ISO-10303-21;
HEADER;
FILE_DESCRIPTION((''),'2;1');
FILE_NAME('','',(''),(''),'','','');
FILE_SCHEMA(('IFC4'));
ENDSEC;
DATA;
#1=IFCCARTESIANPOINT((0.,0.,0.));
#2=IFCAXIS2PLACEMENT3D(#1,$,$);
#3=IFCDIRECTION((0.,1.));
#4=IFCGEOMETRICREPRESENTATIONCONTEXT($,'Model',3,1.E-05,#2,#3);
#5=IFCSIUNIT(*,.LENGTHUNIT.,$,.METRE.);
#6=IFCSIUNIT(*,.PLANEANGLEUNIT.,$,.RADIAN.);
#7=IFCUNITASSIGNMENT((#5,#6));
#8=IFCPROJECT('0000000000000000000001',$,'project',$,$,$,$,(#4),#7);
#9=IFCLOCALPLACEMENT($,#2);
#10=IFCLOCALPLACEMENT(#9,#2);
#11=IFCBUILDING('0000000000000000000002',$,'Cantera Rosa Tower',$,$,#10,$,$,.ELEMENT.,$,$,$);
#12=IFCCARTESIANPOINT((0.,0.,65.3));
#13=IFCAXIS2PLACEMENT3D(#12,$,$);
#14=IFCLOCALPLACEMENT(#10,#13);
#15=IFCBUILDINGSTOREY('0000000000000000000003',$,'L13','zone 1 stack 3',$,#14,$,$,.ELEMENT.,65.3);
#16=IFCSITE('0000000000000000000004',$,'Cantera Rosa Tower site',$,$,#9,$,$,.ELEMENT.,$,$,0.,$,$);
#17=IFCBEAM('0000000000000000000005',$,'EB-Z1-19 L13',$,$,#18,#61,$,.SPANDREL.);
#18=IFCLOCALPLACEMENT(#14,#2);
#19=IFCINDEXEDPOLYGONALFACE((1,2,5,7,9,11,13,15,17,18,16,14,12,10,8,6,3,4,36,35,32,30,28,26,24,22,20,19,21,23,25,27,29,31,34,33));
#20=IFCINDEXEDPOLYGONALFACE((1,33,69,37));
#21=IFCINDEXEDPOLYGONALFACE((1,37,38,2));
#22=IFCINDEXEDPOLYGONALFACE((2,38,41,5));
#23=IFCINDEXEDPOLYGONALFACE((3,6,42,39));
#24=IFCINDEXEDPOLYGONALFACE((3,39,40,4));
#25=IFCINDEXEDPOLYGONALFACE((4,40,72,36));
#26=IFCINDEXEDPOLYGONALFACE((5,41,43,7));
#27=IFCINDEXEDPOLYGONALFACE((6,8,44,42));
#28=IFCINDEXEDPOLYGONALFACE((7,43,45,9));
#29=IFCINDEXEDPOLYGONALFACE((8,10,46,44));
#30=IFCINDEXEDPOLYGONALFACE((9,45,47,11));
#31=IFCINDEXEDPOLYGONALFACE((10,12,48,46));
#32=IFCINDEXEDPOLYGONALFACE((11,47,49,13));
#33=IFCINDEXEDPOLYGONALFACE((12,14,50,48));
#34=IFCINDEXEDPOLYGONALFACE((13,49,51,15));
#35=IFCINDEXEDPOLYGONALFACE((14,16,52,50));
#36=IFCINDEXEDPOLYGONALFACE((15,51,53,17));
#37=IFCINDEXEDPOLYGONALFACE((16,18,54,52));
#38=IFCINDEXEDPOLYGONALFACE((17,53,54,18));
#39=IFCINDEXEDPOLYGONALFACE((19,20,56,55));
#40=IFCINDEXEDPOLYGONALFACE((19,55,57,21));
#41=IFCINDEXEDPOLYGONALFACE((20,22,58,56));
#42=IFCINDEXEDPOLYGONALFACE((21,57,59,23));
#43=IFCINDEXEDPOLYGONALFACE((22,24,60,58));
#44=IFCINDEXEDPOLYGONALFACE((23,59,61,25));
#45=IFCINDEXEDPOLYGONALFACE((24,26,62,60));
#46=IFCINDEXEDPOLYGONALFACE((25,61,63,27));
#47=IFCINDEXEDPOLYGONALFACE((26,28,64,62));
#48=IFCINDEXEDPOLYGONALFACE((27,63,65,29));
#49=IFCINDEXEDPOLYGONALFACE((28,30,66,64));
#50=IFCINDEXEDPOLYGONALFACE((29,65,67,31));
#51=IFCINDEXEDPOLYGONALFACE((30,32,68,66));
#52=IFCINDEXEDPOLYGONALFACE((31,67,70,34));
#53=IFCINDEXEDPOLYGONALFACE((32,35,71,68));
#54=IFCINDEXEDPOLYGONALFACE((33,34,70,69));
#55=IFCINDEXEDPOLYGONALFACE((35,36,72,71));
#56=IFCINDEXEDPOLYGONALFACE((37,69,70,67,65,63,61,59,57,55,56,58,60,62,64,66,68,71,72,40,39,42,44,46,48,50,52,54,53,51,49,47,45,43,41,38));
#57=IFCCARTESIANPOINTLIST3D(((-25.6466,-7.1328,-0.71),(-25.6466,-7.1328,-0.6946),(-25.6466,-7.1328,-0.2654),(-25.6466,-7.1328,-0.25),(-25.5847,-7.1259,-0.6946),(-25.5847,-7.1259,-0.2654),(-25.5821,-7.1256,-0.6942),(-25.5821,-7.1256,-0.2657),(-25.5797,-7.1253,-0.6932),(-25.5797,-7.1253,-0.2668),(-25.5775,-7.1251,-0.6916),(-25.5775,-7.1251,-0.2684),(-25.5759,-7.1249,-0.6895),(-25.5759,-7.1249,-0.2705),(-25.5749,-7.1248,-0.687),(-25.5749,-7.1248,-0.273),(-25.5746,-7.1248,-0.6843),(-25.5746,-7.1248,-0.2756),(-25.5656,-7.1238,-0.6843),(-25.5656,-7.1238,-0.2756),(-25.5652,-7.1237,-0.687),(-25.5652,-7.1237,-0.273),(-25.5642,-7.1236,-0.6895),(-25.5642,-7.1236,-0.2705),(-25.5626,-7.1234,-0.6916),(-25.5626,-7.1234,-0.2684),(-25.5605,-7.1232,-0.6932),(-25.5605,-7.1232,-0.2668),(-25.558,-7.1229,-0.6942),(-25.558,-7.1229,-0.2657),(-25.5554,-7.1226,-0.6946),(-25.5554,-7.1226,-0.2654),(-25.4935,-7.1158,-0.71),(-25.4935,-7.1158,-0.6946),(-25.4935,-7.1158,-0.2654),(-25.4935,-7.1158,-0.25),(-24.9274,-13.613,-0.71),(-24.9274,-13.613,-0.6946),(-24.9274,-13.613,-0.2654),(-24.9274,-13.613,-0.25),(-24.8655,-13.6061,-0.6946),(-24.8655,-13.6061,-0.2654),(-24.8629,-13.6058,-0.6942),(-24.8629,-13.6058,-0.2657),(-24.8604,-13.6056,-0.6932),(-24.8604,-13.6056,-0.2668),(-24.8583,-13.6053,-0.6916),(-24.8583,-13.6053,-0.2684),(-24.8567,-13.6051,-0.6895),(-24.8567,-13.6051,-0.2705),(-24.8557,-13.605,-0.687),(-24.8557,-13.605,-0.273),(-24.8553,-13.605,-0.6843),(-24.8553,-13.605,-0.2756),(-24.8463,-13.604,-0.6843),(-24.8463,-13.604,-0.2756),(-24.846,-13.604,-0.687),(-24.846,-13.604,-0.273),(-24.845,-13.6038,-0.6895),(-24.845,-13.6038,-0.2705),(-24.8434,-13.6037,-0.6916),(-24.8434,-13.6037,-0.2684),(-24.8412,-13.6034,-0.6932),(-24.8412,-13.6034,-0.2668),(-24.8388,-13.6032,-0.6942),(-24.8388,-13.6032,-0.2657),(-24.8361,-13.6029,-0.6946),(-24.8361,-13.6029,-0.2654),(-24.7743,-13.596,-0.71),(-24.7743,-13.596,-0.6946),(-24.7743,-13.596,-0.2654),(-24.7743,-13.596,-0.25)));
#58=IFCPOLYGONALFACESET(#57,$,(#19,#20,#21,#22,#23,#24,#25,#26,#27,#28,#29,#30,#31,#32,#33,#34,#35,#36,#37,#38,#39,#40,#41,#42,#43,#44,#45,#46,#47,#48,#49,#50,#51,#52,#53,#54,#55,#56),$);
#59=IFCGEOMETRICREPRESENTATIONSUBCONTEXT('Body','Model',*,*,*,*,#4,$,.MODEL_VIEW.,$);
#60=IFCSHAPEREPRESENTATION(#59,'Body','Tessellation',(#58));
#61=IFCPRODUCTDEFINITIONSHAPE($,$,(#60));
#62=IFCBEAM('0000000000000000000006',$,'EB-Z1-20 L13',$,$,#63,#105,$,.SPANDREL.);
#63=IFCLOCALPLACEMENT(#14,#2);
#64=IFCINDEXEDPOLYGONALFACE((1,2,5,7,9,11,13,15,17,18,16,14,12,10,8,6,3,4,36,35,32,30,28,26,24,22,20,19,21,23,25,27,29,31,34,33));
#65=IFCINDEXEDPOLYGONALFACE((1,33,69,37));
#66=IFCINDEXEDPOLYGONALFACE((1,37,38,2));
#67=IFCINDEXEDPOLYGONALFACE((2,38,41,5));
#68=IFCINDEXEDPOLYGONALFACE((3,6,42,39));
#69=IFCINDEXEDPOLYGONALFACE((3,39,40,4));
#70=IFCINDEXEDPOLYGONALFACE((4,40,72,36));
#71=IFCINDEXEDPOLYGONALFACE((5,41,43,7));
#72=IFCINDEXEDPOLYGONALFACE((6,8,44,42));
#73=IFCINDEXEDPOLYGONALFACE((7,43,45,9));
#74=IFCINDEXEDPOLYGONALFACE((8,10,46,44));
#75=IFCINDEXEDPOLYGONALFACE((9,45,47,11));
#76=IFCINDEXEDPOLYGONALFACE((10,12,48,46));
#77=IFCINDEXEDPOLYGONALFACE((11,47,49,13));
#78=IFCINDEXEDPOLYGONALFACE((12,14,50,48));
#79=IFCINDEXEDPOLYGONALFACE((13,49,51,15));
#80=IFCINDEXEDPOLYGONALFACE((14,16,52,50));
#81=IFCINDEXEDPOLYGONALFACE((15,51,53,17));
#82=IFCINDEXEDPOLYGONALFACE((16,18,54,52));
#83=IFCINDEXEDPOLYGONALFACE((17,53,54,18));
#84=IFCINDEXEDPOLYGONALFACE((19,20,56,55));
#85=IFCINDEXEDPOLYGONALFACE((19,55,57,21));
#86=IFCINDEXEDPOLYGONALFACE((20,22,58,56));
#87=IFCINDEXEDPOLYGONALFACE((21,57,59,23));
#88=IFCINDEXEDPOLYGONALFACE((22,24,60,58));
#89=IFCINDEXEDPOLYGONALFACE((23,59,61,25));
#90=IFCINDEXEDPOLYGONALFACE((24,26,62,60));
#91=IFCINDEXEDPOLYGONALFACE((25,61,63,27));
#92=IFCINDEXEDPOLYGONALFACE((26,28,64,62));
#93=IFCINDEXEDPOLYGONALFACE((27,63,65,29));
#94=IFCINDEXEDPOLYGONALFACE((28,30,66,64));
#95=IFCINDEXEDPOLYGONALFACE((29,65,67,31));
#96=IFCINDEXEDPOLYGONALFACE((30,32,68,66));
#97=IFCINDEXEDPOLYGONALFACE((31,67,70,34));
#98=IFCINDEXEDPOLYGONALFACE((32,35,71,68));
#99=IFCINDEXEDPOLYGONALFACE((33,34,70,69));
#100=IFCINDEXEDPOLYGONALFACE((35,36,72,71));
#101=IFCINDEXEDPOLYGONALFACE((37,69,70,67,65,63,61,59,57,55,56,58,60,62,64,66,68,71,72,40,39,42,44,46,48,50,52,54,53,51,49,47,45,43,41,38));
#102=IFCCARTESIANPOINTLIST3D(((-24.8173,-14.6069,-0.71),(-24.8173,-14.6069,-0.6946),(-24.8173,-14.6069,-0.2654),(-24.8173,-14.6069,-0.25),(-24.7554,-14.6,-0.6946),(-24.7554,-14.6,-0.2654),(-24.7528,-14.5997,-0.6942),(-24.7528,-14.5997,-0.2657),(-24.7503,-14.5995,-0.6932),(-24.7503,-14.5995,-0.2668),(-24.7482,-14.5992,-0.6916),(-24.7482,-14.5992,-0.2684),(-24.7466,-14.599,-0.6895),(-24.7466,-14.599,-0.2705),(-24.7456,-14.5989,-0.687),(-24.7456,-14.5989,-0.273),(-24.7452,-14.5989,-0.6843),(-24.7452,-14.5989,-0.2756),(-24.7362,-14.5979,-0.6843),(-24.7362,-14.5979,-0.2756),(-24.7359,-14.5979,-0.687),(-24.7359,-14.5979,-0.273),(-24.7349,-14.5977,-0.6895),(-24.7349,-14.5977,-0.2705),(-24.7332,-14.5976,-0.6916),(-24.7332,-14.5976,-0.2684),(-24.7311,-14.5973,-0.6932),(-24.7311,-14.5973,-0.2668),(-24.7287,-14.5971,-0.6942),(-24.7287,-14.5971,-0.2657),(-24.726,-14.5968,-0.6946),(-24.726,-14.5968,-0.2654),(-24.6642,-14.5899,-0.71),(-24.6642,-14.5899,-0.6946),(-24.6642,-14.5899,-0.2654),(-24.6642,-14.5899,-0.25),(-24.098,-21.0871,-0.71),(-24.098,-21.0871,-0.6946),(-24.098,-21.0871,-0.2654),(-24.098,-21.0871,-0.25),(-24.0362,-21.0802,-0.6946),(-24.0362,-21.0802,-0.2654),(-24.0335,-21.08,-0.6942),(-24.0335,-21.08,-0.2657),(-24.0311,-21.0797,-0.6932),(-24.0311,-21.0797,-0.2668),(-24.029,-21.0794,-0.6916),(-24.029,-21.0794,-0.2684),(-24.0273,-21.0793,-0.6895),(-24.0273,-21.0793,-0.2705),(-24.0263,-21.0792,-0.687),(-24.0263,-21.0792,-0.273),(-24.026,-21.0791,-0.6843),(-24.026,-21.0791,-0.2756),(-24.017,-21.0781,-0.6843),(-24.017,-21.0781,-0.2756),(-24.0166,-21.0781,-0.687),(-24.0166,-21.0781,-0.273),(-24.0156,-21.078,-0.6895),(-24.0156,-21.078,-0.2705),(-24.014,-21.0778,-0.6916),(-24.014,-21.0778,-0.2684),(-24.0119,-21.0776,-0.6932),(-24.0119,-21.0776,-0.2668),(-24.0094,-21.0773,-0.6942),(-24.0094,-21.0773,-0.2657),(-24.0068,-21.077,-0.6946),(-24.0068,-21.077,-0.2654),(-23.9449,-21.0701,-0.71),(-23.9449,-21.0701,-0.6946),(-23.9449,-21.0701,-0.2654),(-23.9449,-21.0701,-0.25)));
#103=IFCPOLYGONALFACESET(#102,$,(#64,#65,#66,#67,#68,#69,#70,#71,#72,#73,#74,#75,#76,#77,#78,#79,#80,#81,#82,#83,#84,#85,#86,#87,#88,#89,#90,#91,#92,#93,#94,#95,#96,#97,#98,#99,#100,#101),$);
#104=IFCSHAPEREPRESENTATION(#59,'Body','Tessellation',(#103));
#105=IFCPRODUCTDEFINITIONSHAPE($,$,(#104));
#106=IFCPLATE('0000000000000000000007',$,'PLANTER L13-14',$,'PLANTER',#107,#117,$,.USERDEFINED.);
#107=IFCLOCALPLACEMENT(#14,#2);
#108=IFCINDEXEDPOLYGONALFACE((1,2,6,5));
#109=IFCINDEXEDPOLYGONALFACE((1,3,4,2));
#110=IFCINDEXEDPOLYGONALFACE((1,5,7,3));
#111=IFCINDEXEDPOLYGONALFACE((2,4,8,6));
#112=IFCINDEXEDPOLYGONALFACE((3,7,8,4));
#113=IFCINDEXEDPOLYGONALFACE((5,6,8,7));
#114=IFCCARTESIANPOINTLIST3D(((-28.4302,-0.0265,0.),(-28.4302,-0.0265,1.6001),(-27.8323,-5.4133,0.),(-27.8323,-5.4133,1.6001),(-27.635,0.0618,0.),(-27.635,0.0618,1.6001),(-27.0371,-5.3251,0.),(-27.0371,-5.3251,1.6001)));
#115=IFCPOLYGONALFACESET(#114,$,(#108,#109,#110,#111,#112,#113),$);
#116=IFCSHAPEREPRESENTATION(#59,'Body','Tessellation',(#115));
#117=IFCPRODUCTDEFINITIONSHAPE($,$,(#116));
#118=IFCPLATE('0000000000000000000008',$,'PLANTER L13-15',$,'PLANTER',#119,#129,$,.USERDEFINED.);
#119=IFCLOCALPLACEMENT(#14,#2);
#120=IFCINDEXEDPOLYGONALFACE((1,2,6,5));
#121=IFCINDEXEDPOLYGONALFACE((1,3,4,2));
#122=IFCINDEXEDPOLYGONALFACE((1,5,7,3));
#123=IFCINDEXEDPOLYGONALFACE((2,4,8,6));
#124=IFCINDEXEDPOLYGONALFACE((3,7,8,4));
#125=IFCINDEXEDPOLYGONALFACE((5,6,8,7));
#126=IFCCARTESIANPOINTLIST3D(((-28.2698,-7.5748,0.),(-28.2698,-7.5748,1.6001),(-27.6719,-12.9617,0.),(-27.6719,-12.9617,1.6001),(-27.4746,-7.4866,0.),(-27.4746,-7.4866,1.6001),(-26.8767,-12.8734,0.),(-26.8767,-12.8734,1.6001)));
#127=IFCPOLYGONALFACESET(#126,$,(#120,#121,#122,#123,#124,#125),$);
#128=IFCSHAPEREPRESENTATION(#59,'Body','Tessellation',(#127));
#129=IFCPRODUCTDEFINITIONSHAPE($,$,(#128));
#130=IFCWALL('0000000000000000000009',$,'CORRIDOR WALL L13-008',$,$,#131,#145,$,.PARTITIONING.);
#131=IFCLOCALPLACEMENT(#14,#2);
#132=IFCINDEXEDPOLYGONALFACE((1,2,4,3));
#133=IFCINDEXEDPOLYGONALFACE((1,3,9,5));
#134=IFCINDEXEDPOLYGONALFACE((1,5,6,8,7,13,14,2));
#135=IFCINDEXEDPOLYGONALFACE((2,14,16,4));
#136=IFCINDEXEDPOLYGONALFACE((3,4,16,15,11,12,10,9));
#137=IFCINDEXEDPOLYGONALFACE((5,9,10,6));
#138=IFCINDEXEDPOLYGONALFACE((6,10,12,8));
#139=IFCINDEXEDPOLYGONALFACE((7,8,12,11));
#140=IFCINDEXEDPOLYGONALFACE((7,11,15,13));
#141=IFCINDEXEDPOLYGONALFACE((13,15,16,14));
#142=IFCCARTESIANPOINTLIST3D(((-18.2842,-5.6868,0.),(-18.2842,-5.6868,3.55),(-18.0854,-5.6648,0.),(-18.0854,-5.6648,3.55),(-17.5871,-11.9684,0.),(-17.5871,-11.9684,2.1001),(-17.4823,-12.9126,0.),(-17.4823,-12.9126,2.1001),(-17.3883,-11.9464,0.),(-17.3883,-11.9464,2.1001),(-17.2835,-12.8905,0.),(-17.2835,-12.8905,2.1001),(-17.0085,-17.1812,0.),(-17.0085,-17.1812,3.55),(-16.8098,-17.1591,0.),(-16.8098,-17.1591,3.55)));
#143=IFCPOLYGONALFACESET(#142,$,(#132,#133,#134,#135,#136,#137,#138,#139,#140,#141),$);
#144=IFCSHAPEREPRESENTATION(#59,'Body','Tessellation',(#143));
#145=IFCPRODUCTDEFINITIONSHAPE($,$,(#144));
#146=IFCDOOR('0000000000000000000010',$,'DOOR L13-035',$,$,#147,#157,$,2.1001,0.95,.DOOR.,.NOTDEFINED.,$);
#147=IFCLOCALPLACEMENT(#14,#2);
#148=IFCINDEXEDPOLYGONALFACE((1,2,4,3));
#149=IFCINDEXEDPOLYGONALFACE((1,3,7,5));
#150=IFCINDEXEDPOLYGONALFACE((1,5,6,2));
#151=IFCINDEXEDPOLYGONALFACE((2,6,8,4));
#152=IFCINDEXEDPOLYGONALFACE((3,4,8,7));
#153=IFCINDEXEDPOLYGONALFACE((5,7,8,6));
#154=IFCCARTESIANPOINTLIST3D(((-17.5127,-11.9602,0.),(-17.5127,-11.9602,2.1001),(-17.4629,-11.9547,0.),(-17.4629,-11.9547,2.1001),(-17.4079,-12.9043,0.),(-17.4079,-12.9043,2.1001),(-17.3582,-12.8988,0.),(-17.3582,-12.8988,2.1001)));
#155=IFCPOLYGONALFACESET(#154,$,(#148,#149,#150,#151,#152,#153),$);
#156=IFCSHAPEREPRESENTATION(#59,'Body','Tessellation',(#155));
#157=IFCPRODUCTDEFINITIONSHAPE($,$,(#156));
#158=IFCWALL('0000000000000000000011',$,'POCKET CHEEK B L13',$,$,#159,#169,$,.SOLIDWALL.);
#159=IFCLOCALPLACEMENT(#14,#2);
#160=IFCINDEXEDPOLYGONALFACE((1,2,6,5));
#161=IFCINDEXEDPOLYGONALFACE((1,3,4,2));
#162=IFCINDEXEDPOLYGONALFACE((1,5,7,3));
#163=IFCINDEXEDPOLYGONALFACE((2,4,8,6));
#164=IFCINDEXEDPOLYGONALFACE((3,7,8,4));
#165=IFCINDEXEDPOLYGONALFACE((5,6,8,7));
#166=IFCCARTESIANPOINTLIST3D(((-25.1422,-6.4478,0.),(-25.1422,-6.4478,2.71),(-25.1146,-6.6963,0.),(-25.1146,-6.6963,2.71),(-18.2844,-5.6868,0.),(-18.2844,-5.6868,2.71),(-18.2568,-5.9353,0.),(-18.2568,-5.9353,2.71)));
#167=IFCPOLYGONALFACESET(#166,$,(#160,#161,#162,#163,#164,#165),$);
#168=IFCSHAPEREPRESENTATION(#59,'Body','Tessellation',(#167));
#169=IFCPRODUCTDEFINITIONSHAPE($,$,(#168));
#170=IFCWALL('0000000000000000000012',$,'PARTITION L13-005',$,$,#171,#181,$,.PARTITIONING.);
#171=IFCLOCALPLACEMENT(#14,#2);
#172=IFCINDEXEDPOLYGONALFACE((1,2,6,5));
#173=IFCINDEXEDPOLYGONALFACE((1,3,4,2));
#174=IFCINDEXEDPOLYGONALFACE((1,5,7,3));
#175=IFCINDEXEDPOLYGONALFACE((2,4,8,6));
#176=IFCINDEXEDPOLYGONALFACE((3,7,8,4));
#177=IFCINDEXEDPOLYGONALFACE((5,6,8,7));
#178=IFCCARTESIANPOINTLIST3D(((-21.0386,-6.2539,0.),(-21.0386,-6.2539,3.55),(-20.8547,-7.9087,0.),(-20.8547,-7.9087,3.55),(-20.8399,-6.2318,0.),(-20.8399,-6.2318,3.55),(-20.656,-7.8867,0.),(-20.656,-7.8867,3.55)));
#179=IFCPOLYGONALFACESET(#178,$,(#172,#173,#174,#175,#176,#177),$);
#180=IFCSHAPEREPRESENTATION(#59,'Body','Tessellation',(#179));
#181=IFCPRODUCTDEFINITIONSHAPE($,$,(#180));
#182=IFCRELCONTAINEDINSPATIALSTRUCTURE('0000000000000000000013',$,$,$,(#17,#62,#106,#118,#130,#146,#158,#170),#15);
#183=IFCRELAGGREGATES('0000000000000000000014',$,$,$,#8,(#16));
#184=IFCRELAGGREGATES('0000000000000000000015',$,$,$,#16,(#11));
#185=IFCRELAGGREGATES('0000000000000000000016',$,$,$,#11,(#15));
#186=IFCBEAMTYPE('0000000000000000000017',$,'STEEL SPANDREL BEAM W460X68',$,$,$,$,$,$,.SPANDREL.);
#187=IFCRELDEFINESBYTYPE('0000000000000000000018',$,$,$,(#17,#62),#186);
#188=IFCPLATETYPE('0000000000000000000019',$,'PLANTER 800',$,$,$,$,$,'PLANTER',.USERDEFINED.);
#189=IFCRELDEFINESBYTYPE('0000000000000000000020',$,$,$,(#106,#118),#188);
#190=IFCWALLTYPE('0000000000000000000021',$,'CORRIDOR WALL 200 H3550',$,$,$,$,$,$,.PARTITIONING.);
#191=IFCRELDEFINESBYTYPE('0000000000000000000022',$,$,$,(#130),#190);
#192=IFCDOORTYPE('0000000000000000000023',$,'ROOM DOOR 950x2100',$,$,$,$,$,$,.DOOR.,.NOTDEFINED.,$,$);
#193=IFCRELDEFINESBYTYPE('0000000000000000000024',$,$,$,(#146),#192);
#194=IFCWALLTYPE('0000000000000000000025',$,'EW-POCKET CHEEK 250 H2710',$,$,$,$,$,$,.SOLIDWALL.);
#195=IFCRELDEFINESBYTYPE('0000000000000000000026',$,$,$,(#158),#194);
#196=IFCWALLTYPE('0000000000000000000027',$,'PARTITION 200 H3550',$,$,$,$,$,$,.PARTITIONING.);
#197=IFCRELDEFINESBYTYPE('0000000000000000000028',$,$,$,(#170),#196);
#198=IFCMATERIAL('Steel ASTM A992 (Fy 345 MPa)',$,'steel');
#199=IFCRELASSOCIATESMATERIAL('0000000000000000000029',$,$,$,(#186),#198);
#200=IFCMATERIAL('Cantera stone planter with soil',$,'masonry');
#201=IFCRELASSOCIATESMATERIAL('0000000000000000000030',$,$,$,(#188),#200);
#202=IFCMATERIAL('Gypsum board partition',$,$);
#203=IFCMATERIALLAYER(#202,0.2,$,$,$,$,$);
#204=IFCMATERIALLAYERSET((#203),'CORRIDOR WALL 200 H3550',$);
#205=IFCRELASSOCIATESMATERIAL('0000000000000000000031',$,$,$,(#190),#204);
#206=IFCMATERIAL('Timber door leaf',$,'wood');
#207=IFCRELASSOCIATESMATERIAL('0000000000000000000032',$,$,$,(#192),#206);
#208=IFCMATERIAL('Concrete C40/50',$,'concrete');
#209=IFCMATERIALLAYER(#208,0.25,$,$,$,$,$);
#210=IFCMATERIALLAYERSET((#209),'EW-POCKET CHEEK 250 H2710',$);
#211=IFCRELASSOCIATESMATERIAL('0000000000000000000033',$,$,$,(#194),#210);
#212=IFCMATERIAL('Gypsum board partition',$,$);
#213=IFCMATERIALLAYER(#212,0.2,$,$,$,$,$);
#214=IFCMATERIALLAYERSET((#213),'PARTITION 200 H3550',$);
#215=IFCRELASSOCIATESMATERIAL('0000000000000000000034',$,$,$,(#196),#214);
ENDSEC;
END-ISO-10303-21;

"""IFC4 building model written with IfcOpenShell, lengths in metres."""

from ifc_helpers import new_model, si_unit, direction, frame, frame_2d, origin, origin_2d, place, context, subcontext, project, spatial, rectangle, i_section, extrude, material, layer, layer_set, material_profile, profile_set, type_object, element, fill, save


model = new_model("IFC4")

# Units and contexts
model_context = context("Model", 3, precision=1e-05, world=origin(), true_north=direction((0.0, 1.0)))
body_context = subcontext(model_context, "Body", "Model", "MODEL_VIEW")
ifc_project = project(units=[si_unit("LENGTHUNIT", "METRE"), si_unit("PLANEANGLEUNIT", "RADIAN")], contexts=[model_context])

# Site, building, storey
site_placement = place(None, origin())
site = spatial("IfcSite", under=ifc_project, at=site_placement, Name="Cantera Rosa Tower site", CompositionType="ELEMENT", RefElevation=0.0)
building_placement = place(site_placement, origin())
building = spatial("IfcBuilding", under=site, at=building_placement, Name="Cantera Rosa Tower", CompositionType="ELEMENT")
storey_placement = place(building_placement, frame((0.0, 0.0, 65.3)))
storey = spatial("IfcBuildingStorey", under=building, at=storey_placement, Name="L13", Description="zone 1 stack 3", CompositionType="ELEMENT", Elevation=65.3)

# Beams
ifc_material_1 = material(Name="Steel ASTM A992 (Fy 345 MPa)", Category="steel")
ifc_material_profile_1 = material_profile(ifc_material_1, i_section(OverallWidth=0.1541, OverallDepth=0.46, WebThickness=0.009, FlangeThickness=0.0154, FilletRadius=0.0103, at=origin_2d()), Name="W460X68")
ifc_profile_set_1 = profile_set([ifc_material_profile_1], Name="Steel ASTM A992 (Fy 345 MPa)")
beam_type_1 = type_object("IfcBeamType", Name="STEEL SPANDREL BEAM W460X68", PredefinedType="SPANDREL", material=ifc_profile_set_1)
for number, where, z_axis, x_axis, name in (
    (1, (-25.5701, -7.1243, -0.48), (0.110312, -0.993897, 0.0), (0.993897, 0.110312, 0.0), "EB-Z1-19 L13"),
    (2, (-24.7407, -14.5984, -0.48), (0.110312, -0.993897, 0.0), (0.993897, 0.110312, 0.0), "EB-Z1-20 L13"),
):
    element("IfcBeam", number, at=place(storey_placement, frame(where, z_axis=z_axis, x_axis=x_axis)), inside=storey, type_object=beam_type_1, Name=name, PredefinedType="SPANDREL", context=body_context, shape_type="SweptSolid", body=[
        extrude(i_section(OverallWidth=0.1541, OverallDepth=0.46, WebThickness=0.009, FlangeThickness=0.0154, FilletRadius=0.0103, at=origin_2d()), origin(), (0.0, 0.0, 1.0), 6.52),
    ])

# Plates
ifc_material_2 = material(Name="Cantera stone planter with soil", Category="masonry")
plate_type = type_object("IfcPlateType", Name="PLANTER 800", ElementType="PLANTER", PredefinedType="USERDEFINED", material=ifc_material_2)
for number, where, z_axis, x_axis, name in (
    (3, (-27.7336, -2.6758, 0.0), (0.0, 0.0, 1.0), (0.110313, -0.993897, 0.0), "PLANTER L13-14"),
    (4, (-27.5732, -10.2241, 0.0), (0.0, 0.0, 1.0), (0.110313, -0.993897, 0.0), "PLANTER L13-15"),
):
    element("IfcPlate", number, at=place(storey_placement, frame(where, z_axis=z_axis, x_axis=x_axis)), inside=storey, type_object=plate_type, Name=name, ObjectType="PLANTER", PredefinedType="USERDEFINED", context=body_context, shape_type="SweptSolid", body=[
        extrude(rectangle(XDim=5.4199, YDim=0.8, at=origin_2d()), origin(), (0.0, 0.0, 1.0), 1.6001),
    ])

# Wall, opening, door
ifc_material_3 = material(Name="Gypsum board partition")
ifc_layer_1 = layer(ifc_material_3, 0.2)
ifc_layer_set_1 = layer_set([ifc_layer_1], Name="CORRIDOR WALL 200 H3550")
wall_type_1 = type_object("IfcWallType", Name="CORRIDOR WALL 200 H3550", PredefinedType="PARTITIONING", material=ifc_layer_set_1)
wall_1_placement = place(storey_placement, frame((-18.1848, -5.6758, 0.0), z_axis=(0.0, 0.0, 1.0), x_axis=(0.110302, -0.993898, 0.0)))
wall_1 = element("IfcWall", 5, at=wall_1_placement, inside=storey, type_object=wall_type_1, Name="CORRIDOR WALL L13-008", PredefinedType="PARTITIONING", context=body_context, shape_type="SweptSolid", body=[
    extrude(rectangle(XDim=11.5649, YDim=0.2, at=frame_2d((5.7825, 0.0))), origin(), (0.0, 0.0, 1.0), 3.55),
])
opening_1_placement = place(wall_1_placement, frame((6.3201, 0.0, 0.0)))
opening_1 = element("IfcOpeningElement", 6, at=opening_1_placement, cuts=wall_1, PredefinedType="OPENING", context=body_context, shape_type="SweptSolid", body=[
    extrude(rectangle(XDim=0.95, YDim=2.1001, at=frame_2d((0.4751, 1.05))), frame((0.0, 0.1099, 0.0), z_axis=(0.0, -1.0, 0.0), x_axis=(1.0, 0.0, 0.0)), (0.0, 0.0, 1.0), 0.22),
])
ifc_material_4 = material(Name="Timber door leaf", Category="wood")
door_type_1 = type_object("IfcDoorType", Name="ROOM DOOR 950x2100", OperationType="NOTDEFINED", PredefinedType="DOOR", material=ifc_material_4)
door_1_placement = place(opening_1_placement, origin())
door_1 = element("IfcDoor", 7, at=door_1_placement, inside=storey, type_object=door_type_1, Name="DOOR L13-035", OperationType="NOTDEFINED", OverallHeight=2.1001, OverallWidth=0.95, PredefinedType="DOOR", context=body_context, shape_type="SweptSolid", body=[
    extrude(rectangle(XDim=0.95, YDim=2.1001, at=frame_2d((0.4751, 1.05))), frame((0.0, 0.0249, 0.0), z_axis=(0.0, -1.0, 0.0), x_axis=(1.0, 0.0, 0.0)), (0.0, 0.0, 1.0), 0.05),
])
fill(opening_1, door_1)

# Walls
ifc_material_5 = material(Name="Concrete C40/50", Category="concrete")
ifc_layer_2 = layer(ifc_material_5, 0.25)
ifc_layer_set_2 = layer_set([ifc_layer_2], Name="EW-POCKET CHEEK 250 H2710")
wall_type_2 = type_object("IfcWallType", Name="EW-POCKET CHEEK 250 H2710", PredefinedType="SOLIDWALL", material=ifc_layer_set_2)
wall_2_placement = place(storey_placement, frame((-25.1284, -6.572, 0.0), z_axis=(0.0, 0.0, 1.0), x_axis=(0.9939, 0.110288, 0.0)))
element("IfcWall", 8, at=wall_2_placement, inside=storey, type_object=wall_type_2, Name="POCKET CHEEK B L13", PredefinedType="SOLIDWALL", context=body_context, shape_type="SweptSolid", body=[
    extrude(rectangle(XDim=6.8999, YDim=0.25, at=frame_2d((3.45, 0.0))), origin(), (0.0, 0.0, 1.0), 2.71),
])
ifc_material_6 = material(Name="Gypsum board partition")
ifc_layer_3 = layer(ifc_material_6, 0.2)
ifc_layer_set_3 = layer_set([ifc_layer_3], Name="PARTITION 200 H3550")
wall_type_3 = type_object("IfcWallType", Name="PARTITION 200 H3550", PredefinedType="PARTITIONING", material=ifc_layer_set_3)
wall_3_placement = place(storey_placement, frame((-20.7554, -7.8977, 0.0), z_axis=(0.0, 0.0, 1.0), x_axis=(-0.110415, 0.993886, 0.0)))
element("IfcWall", 9, at=wall_3_placement, inside=storey, type_object=wall_type_3, Name="PARTITION L13-005", PredefinedType="PARTITIONING", context=body_context, shape_type="SweptSolid", body=[
    extrude(rectangle(XDim=1.665, YDim=0.2, at=frame_2d((0.8325, 0.0))), origin(), (0.0, 0.0, 1.0), 3.55),
])

save(model, "model.ifc")
